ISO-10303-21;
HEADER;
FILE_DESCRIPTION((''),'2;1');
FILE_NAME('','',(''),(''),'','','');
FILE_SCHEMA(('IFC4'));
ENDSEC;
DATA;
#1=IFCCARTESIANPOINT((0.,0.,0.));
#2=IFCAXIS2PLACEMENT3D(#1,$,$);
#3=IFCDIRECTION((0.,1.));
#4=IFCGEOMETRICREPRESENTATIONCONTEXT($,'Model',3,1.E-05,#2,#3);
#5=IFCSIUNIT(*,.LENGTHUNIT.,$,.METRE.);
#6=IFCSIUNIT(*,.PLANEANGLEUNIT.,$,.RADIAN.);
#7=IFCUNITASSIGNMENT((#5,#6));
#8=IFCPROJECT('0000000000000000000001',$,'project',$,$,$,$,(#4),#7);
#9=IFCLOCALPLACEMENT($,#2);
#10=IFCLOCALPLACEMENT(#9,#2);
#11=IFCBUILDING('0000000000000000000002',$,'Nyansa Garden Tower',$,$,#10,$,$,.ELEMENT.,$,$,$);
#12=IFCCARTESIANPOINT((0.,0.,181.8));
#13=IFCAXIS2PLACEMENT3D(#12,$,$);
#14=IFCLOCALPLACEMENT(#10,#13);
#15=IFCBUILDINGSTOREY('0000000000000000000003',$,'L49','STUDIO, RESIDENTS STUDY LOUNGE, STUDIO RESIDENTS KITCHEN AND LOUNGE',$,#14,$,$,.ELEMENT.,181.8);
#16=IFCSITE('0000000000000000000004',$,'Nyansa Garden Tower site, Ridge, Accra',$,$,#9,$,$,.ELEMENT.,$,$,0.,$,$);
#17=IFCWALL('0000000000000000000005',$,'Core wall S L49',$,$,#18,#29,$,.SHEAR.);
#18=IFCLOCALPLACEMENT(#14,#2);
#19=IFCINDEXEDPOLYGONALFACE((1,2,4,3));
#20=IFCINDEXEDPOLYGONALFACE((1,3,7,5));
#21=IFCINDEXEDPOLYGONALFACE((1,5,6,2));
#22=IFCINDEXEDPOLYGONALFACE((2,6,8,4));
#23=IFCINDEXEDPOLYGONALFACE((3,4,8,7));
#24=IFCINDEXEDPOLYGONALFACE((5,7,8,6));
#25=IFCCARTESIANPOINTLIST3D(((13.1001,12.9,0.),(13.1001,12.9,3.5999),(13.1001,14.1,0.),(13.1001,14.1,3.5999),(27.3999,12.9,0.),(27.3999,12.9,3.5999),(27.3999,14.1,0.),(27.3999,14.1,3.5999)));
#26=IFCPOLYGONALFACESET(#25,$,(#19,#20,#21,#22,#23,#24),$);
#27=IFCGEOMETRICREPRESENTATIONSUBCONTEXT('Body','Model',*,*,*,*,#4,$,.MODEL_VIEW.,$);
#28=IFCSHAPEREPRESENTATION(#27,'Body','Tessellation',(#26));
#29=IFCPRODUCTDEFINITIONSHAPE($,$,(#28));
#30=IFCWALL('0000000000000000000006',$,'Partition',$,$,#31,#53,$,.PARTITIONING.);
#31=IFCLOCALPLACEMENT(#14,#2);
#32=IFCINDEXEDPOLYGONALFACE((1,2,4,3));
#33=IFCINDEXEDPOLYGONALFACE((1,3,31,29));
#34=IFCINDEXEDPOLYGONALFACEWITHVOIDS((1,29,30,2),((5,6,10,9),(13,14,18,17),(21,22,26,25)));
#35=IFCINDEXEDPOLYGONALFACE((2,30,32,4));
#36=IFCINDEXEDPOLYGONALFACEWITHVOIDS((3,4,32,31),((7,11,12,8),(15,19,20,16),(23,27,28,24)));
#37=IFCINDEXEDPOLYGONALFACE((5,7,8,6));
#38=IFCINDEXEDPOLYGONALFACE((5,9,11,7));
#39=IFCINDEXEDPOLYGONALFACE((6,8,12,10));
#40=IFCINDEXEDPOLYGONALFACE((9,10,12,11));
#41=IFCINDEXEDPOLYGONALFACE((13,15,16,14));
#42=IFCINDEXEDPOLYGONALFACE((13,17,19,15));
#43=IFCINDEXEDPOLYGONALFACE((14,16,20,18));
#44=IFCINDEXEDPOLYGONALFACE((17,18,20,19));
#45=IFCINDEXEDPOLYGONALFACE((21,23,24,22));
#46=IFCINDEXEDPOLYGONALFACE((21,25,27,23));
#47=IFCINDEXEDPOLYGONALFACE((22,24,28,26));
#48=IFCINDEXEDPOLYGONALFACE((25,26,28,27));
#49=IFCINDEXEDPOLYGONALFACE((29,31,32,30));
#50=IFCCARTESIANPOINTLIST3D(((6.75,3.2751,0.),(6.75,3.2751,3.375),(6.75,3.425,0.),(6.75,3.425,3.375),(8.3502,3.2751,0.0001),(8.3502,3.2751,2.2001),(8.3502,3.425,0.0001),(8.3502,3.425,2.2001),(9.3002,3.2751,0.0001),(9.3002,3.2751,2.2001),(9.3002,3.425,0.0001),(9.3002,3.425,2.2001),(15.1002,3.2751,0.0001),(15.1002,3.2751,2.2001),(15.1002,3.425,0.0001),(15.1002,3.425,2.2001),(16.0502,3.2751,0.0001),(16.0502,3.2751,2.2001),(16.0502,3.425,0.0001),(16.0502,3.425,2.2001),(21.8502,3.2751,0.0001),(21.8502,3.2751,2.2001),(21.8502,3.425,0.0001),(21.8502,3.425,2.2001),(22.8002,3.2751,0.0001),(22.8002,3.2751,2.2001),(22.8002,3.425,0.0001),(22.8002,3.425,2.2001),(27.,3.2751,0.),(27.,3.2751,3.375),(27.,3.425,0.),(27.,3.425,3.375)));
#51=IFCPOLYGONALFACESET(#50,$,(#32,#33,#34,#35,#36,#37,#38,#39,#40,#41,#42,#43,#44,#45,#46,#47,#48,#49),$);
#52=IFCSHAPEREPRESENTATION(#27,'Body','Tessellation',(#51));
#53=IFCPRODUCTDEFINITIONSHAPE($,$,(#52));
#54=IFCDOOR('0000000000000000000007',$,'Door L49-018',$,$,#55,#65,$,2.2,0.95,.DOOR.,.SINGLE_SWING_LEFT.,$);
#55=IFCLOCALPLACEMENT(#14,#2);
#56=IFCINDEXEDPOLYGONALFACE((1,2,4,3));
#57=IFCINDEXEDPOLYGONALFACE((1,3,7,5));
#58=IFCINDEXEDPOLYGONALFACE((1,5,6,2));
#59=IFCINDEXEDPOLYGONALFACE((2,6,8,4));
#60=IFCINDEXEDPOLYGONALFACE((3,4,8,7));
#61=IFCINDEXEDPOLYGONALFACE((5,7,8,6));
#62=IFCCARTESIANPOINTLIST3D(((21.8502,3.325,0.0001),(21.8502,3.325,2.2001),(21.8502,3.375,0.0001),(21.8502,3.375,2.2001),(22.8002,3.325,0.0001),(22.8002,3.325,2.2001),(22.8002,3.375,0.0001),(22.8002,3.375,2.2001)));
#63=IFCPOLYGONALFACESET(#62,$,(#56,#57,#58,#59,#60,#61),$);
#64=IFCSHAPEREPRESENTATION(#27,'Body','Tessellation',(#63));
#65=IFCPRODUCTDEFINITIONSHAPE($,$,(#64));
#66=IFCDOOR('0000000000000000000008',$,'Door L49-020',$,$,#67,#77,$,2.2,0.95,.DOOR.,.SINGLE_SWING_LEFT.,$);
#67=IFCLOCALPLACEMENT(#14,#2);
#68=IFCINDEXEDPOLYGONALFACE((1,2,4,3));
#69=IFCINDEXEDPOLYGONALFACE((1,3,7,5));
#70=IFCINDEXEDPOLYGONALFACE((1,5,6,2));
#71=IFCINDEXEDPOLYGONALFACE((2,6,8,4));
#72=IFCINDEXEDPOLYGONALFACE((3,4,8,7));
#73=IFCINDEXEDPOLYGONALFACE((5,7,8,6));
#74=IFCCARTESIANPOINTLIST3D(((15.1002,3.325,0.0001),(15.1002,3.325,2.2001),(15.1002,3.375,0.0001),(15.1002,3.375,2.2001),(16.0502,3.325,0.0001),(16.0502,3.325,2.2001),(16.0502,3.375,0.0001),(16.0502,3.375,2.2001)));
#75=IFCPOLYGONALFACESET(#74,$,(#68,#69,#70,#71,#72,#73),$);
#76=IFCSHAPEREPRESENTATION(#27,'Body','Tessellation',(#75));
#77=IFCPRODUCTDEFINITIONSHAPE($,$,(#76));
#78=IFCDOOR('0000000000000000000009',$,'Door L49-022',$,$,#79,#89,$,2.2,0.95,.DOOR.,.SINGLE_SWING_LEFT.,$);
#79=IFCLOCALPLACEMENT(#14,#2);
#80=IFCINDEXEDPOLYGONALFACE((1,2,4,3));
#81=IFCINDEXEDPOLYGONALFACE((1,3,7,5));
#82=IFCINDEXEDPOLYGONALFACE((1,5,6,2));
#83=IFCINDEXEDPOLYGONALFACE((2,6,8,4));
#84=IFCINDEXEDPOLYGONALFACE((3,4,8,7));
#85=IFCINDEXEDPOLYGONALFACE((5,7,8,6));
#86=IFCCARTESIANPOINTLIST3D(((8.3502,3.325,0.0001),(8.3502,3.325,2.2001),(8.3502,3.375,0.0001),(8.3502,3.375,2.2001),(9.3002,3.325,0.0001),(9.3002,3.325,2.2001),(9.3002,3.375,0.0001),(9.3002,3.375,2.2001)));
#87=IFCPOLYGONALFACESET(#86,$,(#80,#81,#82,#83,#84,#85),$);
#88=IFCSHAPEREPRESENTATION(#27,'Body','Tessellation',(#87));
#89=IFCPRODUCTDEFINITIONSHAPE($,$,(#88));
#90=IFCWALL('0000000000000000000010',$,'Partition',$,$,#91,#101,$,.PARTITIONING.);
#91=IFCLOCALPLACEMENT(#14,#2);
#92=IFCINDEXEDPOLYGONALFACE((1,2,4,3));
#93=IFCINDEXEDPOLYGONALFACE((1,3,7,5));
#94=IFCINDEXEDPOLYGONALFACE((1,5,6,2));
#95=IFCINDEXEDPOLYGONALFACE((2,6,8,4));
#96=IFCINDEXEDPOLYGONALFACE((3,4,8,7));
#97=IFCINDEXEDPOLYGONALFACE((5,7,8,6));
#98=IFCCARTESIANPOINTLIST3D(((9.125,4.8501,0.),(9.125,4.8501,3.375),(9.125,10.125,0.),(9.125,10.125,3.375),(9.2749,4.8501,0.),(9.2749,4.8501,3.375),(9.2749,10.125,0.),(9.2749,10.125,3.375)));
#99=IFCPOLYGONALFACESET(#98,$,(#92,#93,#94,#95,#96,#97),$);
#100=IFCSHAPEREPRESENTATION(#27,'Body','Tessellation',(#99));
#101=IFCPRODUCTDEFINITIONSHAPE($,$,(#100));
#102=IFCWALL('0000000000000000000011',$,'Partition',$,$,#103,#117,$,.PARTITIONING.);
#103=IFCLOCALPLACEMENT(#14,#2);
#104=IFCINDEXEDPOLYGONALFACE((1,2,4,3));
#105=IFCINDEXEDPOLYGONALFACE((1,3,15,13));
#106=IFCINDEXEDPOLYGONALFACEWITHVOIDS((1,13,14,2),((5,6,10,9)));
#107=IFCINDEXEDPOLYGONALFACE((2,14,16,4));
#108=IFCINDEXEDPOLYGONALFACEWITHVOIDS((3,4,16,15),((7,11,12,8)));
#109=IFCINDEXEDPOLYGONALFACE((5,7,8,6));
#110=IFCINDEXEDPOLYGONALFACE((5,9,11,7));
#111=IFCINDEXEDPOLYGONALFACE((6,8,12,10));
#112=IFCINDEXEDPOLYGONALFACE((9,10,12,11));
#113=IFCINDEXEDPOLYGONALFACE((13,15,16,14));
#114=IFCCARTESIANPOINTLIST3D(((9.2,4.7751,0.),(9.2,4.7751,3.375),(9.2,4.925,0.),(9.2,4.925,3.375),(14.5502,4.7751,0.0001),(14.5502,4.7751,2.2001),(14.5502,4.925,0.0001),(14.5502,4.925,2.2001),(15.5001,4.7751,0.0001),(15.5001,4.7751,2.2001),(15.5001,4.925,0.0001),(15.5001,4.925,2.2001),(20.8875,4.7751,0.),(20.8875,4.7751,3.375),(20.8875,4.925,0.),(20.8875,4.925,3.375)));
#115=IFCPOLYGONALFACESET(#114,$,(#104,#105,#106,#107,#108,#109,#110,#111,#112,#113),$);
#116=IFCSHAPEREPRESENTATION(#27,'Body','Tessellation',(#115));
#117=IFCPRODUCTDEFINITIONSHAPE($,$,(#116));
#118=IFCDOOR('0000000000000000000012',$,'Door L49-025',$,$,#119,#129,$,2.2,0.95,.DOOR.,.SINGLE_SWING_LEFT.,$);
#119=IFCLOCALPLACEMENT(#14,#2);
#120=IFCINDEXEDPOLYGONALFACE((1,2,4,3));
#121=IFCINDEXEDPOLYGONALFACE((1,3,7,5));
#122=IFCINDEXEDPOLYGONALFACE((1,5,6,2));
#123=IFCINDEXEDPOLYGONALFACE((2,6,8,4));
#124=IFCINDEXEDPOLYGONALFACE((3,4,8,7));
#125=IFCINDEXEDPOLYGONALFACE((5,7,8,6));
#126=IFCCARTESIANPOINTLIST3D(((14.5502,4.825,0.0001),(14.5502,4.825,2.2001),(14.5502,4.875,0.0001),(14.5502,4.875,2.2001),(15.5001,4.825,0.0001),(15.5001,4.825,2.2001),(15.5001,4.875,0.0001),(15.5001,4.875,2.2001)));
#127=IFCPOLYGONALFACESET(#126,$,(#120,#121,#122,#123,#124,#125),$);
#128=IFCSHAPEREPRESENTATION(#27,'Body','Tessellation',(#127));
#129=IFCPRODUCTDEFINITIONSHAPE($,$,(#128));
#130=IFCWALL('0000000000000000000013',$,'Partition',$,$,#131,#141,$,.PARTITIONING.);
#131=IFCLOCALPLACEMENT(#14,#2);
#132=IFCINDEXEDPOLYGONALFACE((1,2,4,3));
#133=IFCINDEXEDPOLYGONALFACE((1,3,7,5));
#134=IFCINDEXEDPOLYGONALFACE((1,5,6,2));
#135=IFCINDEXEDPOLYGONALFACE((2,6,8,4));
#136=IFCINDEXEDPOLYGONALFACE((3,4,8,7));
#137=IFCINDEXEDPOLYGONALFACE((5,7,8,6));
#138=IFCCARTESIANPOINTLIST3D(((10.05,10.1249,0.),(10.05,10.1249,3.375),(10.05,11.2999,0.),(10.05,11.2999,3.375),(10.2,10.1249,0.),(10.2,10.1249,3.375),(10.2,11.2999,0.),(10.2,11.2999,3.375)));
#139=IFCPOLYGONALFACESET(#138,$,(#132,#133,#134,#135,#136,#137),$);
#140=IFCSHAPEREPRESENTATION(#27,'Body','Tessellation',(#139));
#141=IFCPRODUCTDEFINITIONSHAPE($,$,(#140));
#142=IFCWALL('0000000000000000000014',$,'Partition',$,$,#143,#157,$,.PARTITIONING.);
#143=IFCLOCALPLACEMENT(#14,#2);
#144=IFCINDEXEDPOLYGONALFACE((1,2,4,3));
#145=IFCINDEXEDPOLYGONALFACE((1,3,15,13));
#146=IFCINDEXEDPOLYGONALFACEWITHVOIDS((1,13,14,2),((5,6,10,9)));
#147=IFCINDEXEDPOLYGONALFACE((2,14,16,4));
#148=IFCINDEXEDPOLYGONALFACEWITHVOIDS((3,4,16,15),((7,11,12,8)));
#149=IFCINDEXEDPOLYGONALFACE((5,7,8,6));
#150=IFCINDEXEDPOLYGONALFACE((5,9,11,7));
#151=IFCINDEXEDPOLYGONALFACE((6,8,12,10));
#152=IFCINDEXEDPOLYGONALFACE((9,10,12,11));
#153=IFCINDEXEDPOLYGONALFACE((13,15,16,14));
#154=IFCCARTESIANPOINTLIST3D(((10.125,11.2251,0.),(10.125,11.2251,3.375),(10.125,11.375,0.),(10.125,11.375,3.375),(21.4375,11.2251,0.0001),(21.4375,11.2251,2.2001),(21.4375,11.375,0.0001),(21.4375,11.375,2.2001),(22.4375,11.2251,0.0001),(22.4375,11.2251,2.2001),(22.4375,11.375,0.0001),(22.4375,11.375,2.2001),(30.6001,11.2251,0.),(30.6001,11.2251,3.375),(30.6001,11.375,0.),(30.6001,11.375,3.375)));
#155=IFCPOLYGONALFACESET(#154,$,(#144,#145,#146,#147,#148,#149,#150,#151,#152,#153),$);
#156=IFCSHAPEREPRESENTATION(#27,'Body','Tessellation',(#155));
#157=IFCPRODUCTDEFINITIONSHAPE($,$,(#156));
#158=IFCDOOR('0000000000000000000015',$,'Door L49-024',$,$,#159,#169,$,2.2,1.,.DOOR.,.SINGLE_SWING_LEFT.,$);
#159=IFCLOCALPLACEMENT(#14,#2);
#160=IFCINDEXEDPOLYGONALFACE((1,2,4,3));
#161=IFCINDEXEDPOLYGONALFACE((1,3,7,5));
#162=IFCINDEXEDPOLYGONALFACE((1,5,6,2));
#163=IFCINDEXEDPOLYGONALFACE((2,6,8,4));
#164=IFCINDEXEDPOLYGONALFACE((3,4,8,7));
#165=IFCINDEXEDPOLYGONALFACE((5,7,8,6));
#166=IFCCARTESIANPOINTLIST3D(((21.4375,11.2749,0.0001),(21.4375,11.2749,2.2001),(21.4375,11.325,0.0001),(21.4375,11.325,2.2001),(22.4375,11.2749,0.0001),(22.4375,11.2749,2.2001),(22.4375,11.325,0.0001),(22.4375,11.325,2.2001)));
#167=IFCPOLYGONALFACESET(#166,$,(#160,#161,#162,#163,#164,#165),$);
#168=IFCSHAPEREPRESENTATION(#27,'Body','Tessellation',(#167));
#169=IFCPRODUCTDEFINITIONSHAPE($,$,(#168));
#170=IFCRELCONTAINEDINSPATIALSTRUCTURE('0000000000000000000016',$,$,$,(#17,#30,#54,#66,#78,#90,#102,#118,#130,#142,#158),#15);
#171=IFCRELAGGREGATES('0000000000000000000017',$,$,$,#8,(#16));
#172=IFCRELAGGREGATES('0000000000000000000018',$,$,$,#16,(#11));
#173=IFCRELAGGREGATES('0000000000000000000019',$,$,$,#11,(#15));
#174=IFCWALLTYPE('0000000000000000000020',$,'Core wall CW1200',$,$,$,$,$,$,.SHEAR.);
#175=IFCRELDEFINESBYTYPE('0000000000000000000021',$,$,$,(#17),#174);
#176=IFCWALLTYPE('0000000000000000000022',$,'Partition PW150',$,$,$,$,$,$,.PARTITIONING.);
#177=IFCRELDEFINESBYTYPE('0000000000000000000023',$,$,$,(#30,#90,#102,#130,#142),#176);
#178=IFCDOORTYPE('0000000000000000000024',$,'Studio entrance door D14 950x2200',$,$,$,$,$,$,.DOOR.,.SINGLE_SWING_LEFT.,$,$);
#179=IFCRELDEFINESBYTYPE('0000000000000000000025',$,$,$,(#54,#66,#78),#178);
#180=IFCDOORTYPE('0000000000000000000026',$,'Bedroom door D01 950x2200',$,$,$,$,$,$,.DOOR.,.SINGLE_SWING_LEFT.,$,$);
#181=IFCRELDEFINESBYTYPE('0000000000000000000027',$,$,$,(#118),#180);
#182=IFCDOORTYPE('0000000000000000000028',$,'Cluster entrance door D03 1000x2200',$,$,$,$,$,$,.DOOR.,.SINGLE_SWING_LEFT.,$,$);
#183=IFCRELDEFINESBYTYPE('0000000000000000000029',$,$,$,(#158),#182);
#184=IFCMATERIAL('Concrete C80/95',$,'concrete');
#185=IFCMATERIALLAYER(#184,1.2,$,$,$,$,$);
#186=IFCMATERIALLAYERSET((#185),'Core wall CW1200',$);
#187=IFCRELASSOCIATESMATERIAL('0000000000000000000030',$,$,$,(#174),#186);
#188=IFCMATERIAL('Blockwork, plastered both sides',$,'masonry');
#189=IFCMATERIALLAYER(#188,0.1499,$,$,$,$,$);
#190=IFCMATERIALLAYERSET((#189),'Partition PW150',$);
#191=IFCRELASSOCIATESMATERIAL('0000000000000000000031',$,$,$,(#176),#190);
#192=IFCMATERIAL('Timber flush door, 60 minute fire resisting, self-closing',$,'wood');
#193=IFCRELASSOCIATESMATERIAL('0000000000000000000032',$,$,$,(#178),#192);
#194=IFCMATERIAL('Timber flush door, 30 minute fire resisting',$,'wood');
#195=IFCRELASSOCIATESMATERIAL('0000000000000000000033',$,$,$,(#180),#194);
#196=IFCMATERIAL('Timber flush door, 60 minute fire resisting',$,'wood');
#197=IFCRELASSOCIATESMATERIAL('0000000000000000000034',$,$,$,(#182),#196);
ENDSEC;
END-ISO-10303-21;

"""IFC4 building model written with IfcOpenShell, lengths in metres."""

from ifc_helpers import new_model, si_unit, direction, frame, frame_2d, origin, place, context, subcontext, project, spatial, rectangle, extrude, material, layer, layer_set, type_object, element, fill, save


model = new_model("IFC4")

# Units and contexts
model_context = context("Model", 3, precision=1e-05, world=origin(), true_north=direction((0.0, 1.0)))
body_context = subcontext(model_context, "Body", "Model", "MODEL_VIEW")
ifc_project = project(units=[si_unit("LENGTHUNIT", "METRE"), si_unit("PLANEANGLEUNIT", "RADIAN")], contexts=[model_context])

# Site, building, storey
site_placement = place(None, origin())
site = spatial("IfcSite", under=ifc_project, at=site_placement, Name="Nyansa Garden Tower site, Ridge, Accra", CompositionType="ELEMENT", RefElevation=0.0)
building_placement = place(site_placement, origin())
building = spatial("IfcBuilding", under=site, at=building_placement, Name="Nyansa Garden Tower", CompositionType="ELEMENT")
storey_placement = place(building_placement, frame((0.0, 0.0, 181.8)))
storey = spatial("IfcBuildingStorey", under=building, at=storey_placement, Name="L49", Description="STUDIO, RESIDENTS STUDY LOUNGE, STUDIO RESIDENTS KITCHEN AND LOUNGE", CompositionType="ELEMENT", Elevation=181.8)

# Wall
ifc_material_1 = material(Name="Concrete C80/95", Category="concrete")
ifc_layer_1 = layer(ifc_material_1, 1.2)
ifc_layer_set_1 = layer_set([ifc_layer_1], Name="Core wall CW1200")
wall_type_1 = type_object("IfcWallType", Name="Core wall CW1200", PredefinedType="SHEAR", material=ifc_layer_set_1)
wall_1_placement = place(storey_placement, frame((13.1001, 13.5, 0.0), z_axis=(0.0, 0.0, 1.0), x_axis=(1.0, 0.0, 0.0)))
element("IfcWall", 1, at=wall_1_placement, inside=storey, type_object=wall_type_1, Name="Core wall S L49", PredefinedType="SHEAR", context=body_context, shape_type="SweptSolid", body=[
    extrude(rectangle(XDim=14.2998, YDim=1.2, at=frame_2d((7.1499, 0.0))), origin(), (0.0, 0.0, 1.0), 3.5999),
])

# Wall, openings, doors
ifc_material_2 = material(Name="Blockwork, plastered both sides", Category="masonry")
ifc_layer_2 = layer(ifc_material_2, 0.1499)
ifc_layer_set_2 = layer_set([ifc_layer_2], Name="Partition PW150")
wall_type_2 = type_object("IfcWallType", Name="Partition PW150", PredefinedType="PARTITIONING", material=ifc_layer_set_2)
wall_2_placement = place(storey_placement, frame((6.75, 3.3501, 0.0), z_axis=(0.0, 0.0, 1.0), x_axis=(1.0, 0.0, 0.0)))
wall_2 = element("IfcWall", 2, at=wall_2_placement, inside=storey, type_object=wall_type_2, Name="Partition", PredefinedType="PARTITIONING", context=body_context, shape_type="SweptSolid", body=[
    extrude(rectangle(XDim=20.25, YDim=0.1499, at=frame_2d((10.125, 0.0))), origin(), (0.0, 0.0, 1.0), 3.375),
])
opening_1_placement = place(wall_2_placement, frame((15.1001, 0.0, 0.0)))
opening_1 = element("IfcOpeningElement", 3, at=opening_1_placement, cuts=wall_2, PredefinedType="OPENING", context=body_context, shape_type="SweptSolid", body=[
    extrude(rectangle(XDim=0.95, YDim=2.2, at=frame_2d((0.4751, 1.1001))), frame((0.0, 0.085, 0.0), z_axis=(0.0, -1.0, 0.0), x_axis=(1.0, 0.0, 0.0)), (0.0, 0.0, 1.0), 0.1699),
])
opening_2_placement = place(wall_2_placement, frame((8.3501, 0.0, 0.0)))
opening_2 = element("IfcOpeningElement", 4, at=opening_2_placement, cuts=wall_2, PredefinedType="OPENING", context=body_context, shape_type="SweptSolid", body=[
    extrude(rectangle(XDim=0.95, YDim=2.2, at=frame_2d((0.4751, 1.1001))), frame((0.0, 0.085, 0.0), z_axis=(0.0, -1.0, 0.0), x_axis=(1.0, 0.0, 0.0)), (0.0, 0.0, 1.0), 0.1699),
])
opening_3_placement = place(wall_2_placement, frame((1.6001, 0.0, 0.0)))
opening_3 = element("IfcOpeningElement", 5, at=opening_3_placement, cuts=wall_2, PredefinedType="OPENING", context=body_context, shape_type="SweptSolid", body=[
    extrude(rectangle(XDim=0.95, YDim=2.2, at=frame_2d((0.4751, 1.1001))), frame((0.0, 0.085, 0.0), z_axis=(0.0, -1.0, 0.0), x_axis=(1.0, 0.0, 0.0)), (0.0, 0.0, 1.0), 0.1699),
])
ifc_material_3 = material(Name="Timber flush door, 60 minute fire resisting, self-closing", Category="wood")
door_type_1 = type_object("IfcDoorType", Name="Studio entrance door D14 950x2200", OperationType="SINGLE_SWING_LEFT", PredefinedType="DOOR", material=ifc_material_3)
door_1_placement = place(opening_1_placement, origin())
door_1 = element("IfcDoor", 6, at=door_1_placement, inside=storey, type_object=door_type_1, Name="Door L49-018", OperationType="SINGLE_SWING_LEFT", OverallHeight=2.2, OverallWidth=0.95, PredefinedType="DOOR", context=body_context, shape_type="SweptSolid", body=[
    extrude(rectangle(XDim=0.95, YDim=2.2, at=frame_2d((0.4751, 1.1001))), frame((0.0, 0.0249, 0.0), z_axis=(0.0, -1.0, 0.0), x_axis=(1.0, 0.0, 0.0)), (0.0, 0.0, 1.0), 0.05),
])
fill(opening_1, door_1)
door_2_placement = place(opening_2_placement, origin())
door_2 = element("IfcDoor", 7, at=door_2_placement, inside=storey, type_object=door_type_1, Name="Door L49-020", OperationType="SINGLE_SWING_LEFT", OverallHeight=2.2, OverallWidth=0.95, PredefinedType="DOOR", context=body_context, shape_type="SweptSolid", body=[
    extrude(rectangle(XDim=0.95, YDim=2.2, at=frame_2d((0.4751, 1.1001))), frame((0.0, 0.0249, 0.0), z_axis=(0.0, -1.0, 0.0), x_axis=(1.0, 0.0, 0.0)), (0.0, 0.0, 1.0), 0.05),
])
fill(opening_2, door_2)
door_3_placement = place(opening_3_placement, origin())
door_3 = element("IfcDoor", 8, at=door_3_placement, inside=storey, type_object=door_type_1, Name="Door L49-022", OperationType="SINGLE_SWING_LEFT", OverallHeight=2.2, OverallWidth=0.95, PredefinedType="DOOR", context=body_context, shape_type="SweptSolid", body=[
    extrude(rectangle(XDim=0.95, YDim=2.2, at=frame_2d((0.4751, 1.1001))), frame((0.0, 0.0249, 0.0), z_axis=(0.0, -1.0, 0.0), x_axis=(1.0, 0.0, 0.0)), (0.0, 0.0, 1.0), 0.05),
])
fill(opening_3, door_3)

# Wall
wall_3_placement = place(storey_placement, frame((9.2, 4.8501, 0.0), z_axis=(0.0, 0.0, 1.0), x_axis=(0.0, 1.0, 0.0)))
element("IfcWall", 9, at=wall_3_placement, inside=storey, type_object=wall_type_2, Name="Partition", PredefinedType="PARTITIONING", context=body_context, shape_type="SweptSolid", body=[
    extrude(rectangle(XDim=5.2749, YDim=0.1499, at=frame_2d((2.6375, 0.0))), origin(), (0.0, 0.0, 1.0), 3.375),
])

# Wall, opening, door
wall_4_placement = place(storey_placement, frame((9.2, 4.8501, 0.0), z_axis=(0.0, 0.0, 1.0), x_axis=(1.0, 0.0, 0.0)))
wall_4 = element("IfcWall", 10, at=wall_4_placement, inside=storey, type_object=wall_type_2, Name="Partition", PredefinedType="PARTITIONING", context=body_context, shape_type="SweptSolid", body=[
    extrude(rectangle(XDim=11.6875, YDim=0.1499, at=frame_2d((5.8438, 0.0))), origin(), (0.0, 0.0, 1.0), 3.375),
])
opening_4_placement = place(wall_4_placement, frame((5.3501, 0.0, 0.0)))
opening_4 = element("IfcOpeningElement", 11, at=opening_4_placement, cuts=wall_4, PredefinedType="OPENING", context=body_context, shape_type="SweptSolid", body=[
    extrude(rectangle(XDim=0.95, YDim=2.2, at=frame_2d((0.4751, 1.1001))), frame((0.0, 0.085, 0.0), z_axis=(0.0, -1.0, 0.0), x_axis=(1.0, 0.0, 0.0)), (0.0, 0.0, 1.0), 0.1699),
])
ifc_material_4 = material(Name="Timber flush door, 30 minute fire resisting", Category="wood")
door_type_2 = type_object("IfcDoorType", Name="Bedroom door D01 950x2200", OperationType="SINGLE_SWING_LEFT", PredefinedType="DOOR", material=ifc_material_4)
door_4_placement = place(opening_4_placement, origin())
door_4 = element("IfcDoor", 12, at=door_4_placement, inside=storey, type_object=door_type_2, Name="Door L49-025", OperationType="SINGLE_SWING_LEFT", OverallHeight=2.2, OverallWidth=0.95, PredefinedType="DOOR", context=body_context, shape_type="SweptSolid", body=[
    extrude(rectangle(XDim=0.95, YDim=2.2, at=frame_2d((0.4751, 1.1001))), frame((0.0, 0.0249, 0.0), z_axis=(0.0, -1.0, 0.0), x_axis=(1.0, 0.0, 0.0)), (0.0, 0.0, 1.0), 0.05),
])
fill(opening_4, door_4)

# Wall
wall_5_placement = place(storey_placement, frame((10.125, 10.125, 0.0), z_axis=(0.0, 0.0, 1.0), x_axis=(0.0, 1.0, 0.0)))
element("IfcWall", 13, at=wall_5_placement, inside=storey, type_object=wall_type_2, Name="Partition", PredefinedType="PARTITIONING", context=body_context, shape_type="SweptSolid", body=[
    extrude(rectangle(XDim=1.175, YDim=0.1499, at=frame_2d((0.5874, 0.0))), origin(), (0.0, 0.0, 1.0), 3.375),
])

# Wall, opening, door
wall_6_placement = place(storey_placement, frame((10.125, 11.3, 0.0), z_axis=(0.0, 0.0, 1.0), x_axis=(1.0, 0.0, 0.0)))
wall_6 = element("IfcWall", 14, at=wall_6_placement, inside=storey, type_object=wall_type_2, Name="Partition", PredefinedType="PARTITIONING", context=body_context, shape_type="SweptSolid", body=[
    extrude(rectangle(XDim=20.4751, YDim=0.1499, at=frame_2d((10.2375, 0.0))), origin(), (0.0, 0.0, 1.0), 3.375),
])
opening_5_placement = place(wall_6_placement, frame((11.3125, 0.0, 0.0)))
opening_5 = element("IfcOpeningElement", 15, at=opening_5_placement, cuts=wall_6, PredefinedType="OPENING", context=body_context, shape_type="SweptSolid", body=[
    extrude(rectangle(XDim=1.0, YDim=2.2, at=frame_2d((0.5, 1.1001))), frame((0.0, 0.085, 0.0), z_axis=(0.0, -1.0, 0.0), x_axis=(1.0, 0.0, 0.0)), (0.0, 0.0, 1.0), 0.1699),
])
ifc_material_5 = material(Name="Timber flush door, 60 minute fire resisting", Category="wood")
door_type_3 = type_object("IfcDoorType", Name="Cluster entrance door D03 1000x2200", OperationType="SINGLE_SWING_LEFT", PredefinedType="DOOR", material=ifc_material_5)
door_5_placement = place(opening_5_placement, origin())
door_5 = element("IfcDoor", 16, at=door_5_placement, inside=storey, type_object=door_type_3, Name="Door L49-024", OperationType="SINGLE_SWING_LEFT", OverallHeight=2.2, OverallWidth=1.0, PredefinedType="DOOR", context=body_context, shape_type="SweptSolid", body=[
    extrude(rectangle(XDim=1.0, YDim=2.2, at=frame_2d((0.5, 1.1001))), frame((0.0, 0.0249, 0.0), z_axis=(0.0, -1.0, 0.0), x_axis=(1.0, 0.0, 0.0)), (0.0, 0.0, 1.0), 0.05),
])
fill(opening_5, door_5)

save(model, "model.ifc")
